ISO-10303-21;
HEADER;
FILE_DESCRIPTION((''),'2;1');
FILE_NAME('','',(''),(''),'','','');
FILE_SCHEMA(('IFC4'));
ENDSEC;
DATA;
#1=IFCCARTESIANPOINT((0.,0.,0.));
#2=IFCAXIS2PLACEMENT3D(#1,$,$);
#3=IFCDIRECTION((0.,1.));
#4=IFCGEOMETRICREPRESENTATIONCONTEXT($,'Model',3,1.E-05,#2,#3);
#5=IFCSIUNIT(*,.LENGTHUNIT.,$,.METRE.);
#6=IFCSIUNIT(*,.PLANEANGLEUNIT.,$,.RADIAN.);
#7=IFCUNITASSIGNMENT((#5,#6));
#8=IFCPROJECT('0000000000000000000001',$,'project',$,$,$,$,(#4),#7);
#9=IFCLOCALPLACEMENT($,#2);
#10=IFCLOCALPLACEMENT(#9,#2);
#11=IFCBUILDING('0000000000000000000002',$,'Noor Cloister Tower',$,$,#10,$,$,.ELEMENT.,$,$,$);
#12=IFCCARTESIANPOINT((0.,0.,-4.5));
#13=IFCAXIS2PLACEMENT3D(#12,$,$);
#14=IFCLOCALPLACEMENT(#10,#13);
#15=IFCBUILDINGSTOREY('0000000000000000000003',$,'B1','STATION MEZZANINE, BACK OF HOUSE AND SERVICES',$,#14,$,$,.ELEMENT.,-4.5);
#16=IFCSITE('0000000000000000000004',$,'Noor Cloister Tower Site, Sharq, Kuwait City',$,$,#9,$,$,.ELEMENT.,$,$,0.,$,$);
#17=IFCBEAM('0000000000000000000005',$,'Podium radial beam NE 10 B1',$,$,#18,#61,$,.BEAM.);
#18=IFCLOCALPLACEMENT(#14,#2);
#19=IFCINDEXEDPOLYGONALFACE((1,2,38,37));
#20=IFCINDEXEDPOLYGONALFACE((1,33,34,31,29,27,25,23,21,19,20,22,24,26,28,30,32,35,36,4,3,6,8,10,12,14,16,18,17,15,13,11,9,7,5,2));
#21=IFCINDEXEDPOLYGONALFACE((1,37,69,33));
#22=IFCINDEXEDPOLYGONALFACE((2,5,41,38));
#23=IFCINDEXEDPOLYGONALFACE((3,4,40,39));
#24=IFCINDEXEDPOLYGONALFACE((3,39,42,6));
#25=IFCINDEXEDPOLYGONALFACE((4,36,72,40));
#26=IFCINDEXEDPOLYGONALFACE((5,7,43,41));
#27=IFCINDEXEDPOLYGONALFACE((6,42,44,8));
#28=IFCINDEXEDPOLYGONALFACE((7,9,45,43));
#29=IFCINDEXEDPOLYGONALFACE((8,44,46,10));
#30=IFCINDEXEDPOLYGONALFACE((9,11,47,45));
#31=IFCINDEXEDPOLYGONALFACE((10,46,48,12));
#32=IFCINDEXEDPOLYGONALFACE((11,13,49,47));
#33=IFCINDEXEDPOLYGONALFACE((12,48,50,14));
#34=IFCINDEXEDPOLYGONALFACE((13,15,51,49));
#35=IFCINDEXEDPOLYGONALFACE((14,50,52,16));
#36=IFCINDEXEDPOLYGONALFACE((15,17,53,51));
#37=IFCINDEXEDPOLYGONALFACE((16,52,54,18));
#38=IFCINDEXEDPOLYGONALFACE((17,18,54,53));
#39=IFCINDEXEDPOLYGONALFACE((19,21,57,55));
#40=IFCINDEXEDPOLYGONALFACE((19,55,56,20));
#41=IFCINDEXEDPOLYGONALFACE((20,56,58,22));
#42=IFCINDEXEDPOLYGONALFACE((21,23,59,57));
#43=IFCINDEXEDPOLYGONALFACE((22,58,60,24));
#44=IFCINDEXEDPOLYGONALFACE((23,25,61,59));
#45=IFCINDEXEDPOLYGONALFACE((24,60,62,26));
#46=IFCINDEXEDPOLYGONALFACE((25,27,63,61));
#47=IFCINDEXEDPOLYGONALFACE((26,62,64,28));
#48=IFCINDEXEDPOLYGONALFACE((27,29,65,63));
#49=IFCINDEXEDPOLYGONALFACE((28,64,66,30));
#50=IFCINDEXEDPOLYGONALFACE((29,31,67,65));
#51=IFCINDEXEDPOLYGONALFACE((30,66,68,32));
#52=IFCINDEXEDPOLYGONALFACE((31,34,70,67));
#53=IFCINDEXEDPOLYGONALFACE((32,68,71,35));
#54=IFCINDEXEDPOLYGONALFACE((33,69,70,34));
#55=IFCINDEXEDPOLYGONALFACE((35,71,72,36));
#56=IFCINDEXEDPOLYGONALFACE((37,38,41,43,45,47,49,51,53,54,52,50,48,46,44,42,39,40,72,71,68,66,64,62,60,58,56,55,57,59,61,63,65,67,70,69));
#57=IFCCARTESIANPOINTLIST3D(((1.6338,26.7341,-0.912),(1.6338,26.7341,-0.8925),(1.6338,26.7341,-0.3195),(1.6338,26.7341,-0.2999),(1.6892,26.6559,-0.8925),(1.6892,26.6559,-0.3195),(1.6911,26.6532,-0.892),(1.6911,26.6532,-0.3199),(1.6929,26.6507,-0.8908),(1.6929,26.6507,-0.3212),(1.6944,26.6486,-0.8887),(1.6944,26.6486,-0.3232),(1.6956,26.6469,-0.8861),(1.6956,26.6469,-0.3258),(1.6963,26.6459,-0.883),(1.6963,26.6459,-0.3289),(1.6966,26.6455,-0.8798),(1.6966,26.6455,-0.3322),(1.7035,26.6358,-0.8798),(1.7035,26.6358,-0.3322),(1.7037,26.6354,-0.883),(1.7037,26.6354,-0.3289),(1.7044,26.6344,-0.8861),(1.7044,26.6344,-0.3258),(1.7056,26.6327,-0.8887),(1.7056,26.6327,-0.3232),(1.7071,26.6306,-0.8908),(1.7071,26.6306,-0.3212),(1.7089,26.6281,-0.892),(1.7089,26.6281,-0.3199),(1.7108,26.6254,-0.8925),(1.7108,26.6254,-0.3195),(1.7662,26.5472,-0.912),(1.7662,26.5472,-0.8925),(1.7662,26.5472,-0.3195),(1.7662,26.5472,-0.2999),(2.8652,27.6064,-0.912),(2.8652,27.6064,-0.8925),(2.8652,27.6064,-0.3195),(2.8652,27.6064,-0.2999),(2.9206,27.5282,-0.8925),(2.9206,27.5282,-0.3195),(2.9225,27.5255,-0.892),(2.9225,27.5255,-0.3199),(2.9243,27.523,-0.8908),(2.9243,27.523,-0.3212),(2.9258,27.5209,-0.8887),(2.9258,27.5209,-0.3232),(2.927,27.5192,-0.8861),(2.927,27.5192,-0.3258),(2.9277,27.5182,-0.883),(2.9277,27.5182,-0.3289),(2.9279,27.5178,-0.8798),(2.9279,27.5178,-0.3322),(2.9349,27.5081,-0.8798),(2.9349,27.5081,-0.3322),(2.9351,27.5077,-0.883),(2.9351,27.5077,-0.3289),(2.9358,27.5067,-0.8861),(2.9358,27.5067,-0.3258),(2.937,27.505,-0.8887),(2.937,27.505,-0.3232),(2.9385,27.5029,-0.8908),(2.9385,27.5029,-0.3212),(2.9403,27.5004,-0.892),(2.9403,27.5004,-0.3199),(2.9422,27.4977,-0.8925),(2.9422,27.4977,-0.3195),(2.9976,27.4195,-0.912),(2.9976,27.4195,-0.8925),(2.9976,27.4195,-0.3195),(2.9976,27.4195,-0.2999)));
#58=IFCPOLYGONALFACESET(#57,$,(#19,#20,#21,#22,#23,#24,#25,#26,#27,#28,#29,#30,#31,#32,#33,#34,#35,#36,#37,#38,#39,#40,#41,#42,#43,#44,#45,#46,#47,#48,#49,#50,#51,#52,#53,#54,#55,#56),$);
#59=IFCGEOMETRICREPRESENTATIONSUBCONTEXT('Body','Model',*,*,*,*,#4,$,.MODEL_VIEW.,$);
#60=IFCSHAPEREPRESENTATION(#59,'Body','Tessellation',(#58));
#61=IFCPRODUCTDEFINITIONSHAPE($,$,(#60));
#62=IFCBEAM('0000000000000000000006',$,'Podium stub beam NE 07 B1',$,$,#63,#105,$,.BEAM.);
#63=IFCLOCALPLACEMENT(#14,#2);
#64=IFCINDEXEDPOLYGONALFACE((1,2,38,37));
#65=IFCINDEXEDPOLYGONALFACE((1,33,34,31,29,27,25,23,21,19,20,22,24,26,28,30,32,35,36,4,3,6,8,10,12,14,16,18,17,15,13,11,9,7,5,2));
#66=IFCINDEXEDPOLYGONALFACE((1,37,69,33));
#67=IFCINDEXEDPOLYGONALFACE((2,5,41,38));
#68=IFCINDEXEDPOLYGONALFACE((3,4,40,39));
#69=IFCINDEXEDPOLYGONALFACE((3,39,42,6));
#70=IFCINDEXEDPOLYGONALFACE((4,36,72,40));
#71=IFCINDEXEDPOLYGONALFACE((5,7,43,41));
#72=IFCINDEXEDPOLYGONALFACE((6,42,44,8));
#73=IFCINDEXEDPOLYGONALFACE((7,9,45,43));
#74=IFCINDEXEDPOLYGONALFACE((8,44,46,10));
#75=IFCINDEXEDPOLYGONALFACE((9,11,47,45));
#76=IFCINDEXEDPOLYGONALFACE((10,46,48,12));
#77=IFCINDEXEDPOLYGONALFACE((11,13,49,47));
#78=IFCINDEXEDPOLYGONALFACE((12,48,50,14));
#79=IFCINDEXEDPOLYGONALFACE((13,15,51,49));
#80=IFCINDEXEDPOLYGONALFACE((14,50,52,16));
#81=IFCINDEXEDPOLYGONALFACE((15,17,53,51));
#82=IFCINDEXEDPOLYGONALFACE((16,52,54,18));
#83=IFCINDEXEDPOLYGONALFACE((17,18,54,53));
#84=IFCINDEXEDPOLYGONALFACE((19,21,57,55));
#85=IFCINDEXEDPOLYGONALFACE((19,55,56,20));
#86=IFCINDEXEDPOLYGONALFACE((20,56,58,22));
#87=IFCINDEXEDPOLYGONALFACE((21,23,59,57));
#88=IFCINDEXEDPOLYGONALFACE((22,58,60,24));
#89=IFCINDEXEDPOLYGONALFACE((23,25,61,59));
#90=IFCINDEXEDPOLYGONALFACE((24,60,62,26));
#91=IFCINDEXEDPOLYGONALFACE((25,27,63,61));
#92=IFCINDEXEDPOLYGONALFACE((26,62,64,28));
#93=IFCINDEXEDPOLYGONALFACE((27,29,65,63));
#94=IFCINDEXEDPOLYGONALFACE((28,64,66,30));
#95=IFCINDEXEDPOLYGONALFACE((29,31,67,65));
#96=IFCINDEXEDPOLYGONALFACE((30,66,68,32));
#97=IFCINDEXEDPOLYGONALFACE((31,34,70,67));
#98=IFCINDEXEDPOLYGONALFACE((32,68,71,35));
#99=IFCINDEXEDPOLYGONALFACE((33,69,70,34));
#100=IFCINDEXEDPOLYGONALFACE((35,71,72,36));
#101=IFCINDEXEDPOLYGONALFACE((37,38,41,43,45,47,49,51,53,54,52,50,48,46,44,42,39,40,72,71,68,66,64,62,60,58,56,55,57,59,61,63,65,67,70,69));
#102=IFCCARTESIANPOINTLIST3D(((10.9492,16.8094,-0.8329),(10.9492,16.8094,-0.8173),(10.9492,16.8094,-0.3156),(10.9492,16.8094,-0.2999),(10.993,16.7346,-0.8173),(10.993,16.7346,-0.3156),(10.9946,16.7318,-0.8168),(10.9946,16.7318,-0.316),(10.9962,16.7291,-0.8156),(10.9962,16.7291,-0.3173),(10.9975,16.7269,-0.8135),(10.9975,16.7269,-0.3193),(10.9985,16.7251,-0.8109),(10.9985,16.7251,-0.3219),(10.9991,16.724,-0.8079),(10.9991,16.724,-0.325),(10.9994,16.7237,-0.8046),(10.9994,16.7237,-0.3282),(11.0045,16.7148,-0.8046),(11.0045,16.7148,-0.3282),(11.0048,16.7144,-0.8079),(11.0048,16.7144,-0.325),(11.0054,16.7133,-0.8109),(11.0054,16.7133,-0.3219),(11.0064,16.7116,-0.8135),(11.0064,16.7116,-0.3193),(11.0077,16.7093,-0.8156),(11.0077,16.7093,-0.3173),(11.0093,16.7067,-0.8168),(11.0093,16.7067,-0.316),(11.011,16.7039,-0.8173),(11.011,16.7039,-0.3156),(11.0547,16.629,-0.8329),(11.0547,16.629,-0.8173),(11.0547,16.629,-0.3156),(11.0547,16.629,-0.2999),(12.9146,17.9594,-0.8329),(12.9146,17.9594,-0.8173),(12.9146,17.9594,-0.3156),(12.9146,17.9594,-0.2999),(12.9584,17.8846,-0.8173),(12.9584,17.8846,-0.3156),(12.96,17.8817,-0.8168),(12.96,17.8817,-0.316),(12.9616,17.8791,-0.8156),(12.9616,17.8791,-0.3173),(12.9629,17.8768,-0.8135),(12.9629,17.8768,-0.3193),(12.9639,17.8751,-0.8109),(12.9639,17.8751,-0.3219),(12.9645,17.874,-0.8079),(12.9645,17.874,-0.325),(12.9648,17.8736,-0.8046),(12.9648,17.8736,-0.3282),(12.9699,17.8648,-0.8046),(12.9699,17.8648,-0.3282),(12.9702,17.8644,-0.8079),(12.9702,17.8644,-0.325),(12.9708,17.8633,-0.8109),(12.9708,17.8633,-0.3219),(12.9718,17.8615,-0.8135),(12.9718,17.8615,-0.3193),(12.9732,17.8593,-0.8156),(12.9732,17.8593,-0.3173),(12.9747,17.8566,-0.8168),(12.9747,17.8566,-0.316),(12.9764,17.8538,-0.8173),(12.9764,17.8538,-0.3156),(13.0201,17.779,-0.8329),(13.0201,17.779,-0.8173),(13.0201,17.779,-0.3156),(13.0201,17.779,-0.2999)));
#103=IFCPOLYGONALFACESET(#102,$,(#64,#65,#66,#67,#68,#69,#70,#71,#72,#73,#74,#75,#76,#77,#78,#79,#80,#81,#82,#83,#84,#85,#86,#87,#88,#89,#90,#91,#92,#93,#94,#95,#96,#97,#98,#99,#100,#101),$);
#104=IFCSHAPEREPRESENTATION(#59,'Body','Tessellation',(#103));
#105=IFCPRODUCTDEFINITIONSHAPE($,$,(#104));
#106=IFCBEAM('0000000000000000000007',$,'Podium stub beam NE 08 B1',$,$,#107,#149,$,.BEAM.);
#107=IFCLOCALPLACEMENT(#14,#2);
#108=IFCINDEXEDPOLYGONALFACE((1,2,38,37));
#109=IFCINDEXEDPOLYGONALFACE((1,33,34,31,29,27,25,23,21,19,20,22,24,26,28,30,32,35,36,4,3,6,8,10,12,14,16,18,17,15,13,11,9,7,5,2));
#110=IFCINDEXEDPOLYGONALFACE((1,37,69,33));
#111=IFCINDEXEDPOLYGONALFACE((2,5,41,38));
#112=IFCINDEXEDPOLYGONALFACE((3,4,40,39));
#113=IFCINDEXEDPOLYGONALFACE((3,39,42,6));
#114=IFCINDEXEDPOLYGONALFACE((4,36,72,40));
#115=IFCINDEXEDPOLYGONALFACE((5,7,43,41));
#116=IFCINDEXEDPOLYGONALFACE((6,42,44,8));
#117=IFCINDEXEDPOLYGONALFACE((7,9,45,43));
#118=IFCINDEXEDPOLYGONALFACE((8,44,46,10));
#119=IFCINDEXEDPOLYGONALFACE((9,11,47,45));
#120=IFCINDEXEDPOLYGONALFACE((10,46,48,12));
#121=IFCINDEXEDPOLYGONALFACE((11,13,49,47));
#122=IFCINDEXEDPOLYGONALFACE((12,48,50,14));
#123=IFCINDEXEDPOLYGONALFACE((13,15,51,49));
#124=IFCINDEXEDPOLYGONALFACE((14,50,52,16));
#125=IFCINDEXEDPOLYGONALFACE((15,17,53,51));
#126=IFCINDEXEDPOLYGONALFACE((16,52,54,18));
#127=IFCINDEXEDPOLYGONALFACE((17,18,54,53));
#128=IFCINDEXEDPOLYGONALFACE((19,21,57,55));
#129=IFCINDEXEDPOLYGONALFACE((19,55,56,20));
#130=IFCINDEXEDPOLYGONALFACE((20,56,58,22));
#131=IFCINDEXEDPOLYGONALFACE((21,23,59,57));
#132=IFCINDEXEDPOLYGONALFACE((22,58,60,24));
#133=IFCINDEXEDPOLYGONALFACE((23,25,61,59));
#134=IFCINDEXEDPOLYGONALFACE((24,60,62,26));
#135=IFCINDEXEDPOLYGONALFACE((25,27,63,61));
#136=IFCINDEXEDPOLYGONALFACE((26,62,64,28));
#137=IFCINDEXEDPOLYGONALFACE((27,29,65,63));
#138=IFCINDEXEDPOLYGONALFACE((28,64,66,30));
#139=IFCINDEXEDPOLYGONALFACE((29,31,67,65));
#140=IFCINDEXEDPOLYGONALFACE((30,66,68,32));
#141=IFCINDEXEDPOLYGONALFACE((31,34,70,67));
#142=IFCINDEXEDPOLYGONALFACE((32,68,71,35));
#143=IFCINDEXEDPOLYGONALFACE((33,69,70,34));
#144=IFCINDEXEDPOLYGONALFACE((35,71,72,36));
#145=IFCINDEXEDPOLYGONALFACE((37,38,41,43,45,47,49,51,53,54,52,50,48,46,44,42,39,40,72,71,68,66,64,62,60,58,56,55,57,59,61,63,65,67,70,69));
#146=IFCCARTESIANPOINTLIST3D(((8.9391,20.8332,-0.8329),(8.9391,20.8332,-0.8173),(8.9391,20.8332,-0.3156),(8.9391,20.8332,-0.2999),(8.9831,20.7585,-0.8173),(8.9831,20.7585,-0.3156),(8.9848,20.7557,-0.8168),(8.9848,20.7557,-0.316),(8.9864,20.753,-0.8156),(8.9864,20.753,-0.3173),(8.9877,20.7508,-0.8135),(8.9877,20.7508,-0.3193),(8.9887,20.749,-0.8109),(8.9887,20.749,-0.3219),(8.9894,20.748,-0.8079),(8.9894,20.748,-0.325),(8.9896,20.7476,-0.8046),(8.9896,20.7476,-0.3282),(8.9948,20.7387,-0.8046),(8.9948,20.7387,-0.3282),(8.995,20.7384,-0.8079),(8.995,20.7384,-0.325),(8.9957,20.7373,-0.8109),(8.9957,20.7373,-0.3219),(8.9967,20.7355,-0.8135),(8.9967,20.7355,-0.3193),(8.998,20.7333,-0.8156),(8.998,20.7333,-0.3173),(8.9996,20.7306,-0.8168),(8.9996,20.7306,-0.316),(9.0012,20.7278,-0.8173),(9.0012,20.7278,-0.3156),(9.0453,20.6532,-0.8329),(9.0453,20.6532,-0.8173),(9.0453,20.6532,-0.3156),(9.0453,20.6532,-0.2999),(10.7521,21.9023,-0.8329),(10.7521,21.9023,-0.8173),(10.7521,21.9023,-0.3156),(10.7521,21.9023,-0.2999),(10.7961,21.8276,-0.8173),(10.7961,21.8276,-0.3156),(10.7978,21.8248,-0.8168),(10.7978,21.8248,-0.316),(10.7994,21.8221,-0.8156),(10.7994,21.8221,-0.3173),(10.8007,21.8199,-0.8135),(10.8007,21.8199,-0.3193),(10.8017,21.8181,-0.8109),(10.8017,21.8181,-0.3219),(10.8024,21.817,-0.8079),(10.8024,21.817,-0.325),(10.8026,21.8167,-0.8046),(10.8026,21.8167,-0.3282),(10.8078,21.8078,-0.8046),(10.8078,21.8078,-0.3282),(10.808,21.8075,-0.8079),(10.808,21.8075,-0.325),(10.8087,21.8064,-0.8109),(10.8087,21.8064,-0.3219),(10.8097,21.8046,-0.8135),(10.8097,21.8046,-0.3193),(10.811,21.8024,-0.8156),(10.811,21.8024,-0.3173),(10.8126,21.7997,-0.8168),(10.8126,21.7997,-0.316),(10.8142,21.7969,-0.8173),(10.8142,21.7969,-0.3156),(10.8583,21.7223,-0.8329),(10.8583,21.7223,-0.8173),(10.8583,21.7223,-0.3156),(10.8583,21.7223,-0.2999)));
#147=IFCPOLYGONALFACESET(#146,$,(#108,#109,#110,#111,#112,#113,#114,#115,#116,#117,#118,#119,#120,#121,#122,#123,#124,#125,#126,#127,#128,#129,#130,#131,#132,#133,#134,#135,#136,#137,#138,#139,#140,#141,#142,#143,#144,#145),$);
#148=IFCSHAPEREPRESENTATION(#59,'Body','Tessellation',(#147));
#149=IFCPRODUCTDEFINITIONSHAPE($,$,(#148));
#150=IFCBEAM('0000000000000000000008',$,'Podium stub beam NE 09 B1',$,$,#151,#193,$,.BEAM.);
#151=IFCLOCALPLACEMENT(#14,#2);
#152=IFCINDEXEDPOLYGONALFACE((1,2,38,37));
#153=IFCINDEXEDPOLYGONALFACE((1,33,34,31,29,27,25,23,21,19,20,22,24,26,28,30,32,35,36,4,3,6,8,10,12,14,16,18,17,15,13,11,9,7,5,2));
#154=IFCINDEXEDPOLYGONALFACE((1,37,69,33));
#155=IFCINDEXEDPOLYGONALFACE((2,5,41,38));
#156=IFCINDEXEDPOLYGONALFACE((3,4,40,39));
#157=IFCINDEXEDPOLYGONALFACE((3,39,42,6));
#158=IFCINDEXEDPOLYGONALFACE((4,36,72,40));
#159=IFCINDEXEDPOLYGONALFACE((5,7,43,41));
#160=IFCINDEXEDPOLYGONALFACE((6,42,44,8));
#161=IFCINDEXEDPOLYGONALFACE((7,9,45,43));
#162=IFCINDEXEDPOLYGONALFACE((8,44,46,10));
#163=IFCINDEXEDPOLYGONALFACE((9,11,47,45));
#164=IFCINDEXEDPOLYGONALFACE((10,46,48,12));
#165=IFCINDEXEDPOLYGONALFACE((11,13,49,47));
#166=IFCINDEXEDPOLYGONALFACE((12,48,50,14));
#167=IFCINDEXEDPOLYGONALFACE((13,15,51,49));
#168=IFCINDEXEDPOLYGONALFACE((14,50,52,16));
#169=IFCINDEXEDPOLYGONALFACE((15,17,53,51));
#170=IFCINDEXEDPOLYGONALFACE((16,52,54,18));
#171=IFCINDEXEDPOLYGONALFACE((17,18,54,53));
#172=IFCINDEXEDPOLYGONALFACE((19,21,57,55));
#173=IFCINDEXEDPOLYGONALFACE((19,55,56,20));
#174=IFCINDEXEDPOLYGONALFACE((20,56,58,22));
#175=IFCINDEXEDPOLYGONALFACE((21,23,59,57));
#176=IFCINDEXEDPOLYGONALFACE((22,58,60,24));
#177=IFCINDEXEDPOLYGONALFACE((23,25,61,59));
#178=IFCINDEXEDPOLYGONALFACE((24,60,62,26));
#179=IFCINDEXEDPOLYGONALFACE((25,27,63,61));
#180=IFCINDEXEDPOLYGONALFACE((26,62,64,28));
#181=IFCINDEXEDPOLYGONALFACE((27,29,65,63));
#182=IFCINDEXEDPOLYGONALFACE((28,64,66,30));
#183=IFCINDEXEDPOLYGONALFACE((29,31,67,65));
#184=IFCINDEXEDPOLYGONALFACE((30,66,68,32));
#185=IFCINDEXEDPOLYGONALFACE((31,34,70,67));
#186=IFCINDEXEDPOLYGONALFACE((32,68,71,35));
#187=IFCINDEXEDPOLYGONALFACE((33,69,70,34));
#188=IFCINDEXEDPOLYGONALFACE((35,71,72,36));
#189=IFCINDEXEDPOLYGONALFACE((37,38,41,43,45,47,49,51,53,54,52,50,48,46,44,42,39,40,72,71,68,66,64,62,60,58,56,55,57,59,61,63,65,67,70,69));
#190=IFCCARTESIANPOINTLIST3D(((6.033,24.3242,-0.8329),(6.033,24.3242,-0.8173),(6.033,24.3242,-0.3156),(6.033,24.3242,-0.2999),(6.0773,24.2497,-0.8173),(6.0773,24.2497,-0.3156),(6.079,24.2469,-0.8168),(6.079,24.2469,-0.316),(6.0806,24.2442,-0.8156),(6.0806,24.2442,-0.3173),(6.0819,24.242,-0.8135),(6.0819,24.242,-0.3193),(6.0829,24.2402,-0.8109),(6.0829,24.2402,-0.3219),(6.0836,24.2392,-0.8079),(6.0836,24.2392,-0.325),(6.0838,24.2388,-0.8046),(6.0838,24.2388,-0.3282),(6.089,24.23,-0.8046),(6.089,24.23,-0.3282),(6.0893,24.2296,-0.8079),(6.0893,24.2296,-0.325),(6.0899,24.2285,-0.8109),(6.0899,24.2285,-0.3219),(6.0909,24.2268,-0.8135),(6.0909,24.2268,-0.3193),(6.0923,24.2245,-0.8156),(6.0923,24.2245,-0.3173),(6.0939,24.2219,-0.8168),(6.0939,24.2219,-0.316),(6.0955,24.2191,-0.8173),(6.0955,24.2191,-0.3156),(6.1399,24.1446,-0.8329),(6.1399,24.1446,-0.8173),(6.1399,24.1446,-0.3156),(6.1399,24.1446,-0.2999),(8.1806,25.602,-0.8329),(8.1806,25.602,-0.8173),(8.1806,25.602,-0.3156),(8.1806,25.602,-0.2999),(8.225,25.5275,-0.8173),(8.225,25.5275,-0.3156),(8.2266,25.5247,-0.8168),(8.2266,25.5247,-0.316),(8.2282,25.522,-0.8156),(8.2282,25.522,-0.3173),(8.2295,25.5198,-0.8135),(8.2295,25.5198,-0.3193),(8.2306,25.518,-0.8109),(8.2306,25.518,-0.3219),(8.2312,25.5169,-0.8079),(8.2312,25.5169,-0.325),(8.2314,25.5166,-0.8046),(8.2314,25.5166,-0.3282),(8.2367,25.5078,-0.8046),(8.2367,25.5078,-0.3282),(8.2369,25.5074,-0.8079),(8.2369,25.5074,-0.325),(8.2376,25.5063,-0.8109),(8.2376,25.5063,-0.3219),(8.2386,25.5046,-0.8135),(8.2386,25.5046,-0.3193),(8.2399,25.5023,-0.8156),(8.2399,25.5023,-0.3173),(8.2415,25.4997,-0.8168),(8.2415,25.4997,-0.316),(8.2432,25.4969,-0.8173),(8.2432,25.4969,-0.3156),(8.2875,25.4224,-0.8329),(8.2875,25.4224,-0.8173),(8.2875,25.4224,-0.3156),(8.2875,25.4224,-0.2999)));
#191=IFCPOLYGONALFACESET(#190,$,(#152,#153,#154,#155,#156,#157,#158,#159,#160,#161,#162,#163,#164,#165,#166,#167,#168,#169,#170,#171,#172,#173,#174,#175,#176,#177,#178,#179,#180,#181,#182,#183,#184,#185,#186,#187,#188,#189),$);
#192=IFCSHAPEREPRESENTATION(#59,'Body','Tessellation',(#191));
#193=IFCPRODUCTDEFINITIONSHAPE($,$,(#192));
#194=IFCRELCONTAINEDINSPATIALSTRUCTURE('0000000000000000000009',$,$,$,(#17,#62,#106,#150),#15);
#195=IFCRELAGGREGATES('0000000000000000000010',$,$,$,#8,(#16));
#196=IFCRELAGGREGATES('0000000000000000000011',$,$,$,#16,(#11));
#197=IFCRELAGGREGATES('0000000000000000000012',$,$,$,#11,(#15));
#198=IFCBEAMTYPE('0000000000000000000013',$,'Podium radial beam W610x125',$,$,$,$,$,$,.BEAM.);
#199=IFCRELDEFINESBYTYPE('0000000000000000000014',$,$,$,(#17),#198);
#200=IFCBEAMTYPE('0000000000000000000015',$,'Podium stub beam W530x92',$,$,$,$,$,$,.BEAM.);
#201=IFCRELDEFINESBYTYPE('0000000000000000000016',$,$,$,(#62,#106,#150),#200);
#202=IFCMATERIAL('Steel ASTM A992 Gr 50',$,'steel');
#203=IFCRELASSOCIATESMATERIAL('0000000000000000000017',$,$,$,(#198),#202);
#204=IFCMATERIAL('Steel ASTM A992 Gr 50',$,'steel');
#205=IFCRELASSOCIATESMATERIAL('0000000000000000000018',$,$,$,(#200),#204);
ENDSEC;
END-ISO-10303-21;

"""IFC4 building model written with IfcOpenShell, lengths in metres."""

from ifc_helpers import new_model, si_unit, direction, frame, origin, origin_2d, place, context, subcontext, project, spatial, i_section, extrude, material, material_profile, profile_set, type_object, element, save


model = new_model("IFC4")

# Units and contexts
model_context = context("Model", 3, precision=1e-05, world=origin(), true_north=direction((0.0, 1.0)))
body_context = subcontext(model_context, "Body", "Model", "MODEL_VIEW")
ifc_project = project(units=[si_unit("LENGTHUNIT", "METRE"), si_unit("PLANEANGLEUNIT", "RADIAN")], contexts=[model_context])

# Site, building, storey
site_placement = place(None, origin())
site = spatial("IfcSite", under=ifc_project, at=site_placement, Name="Noor Cloister Tower Site, Sharq, Kuwait City", CompositionType="ELEMENT", RefElevation=0.0)
building_placement = place(site_placement, origin())
building = spatial("IfcBuilding", under=site, at=building_placement, Name="Noor Cloister Tower", CompositionType="ELEMENT")
storey_placement = place(building_placement, frame((0.0, 0.0, -4.5)))
storey = spatial("IfcBuildingStorey", under=building, at=storey_placement, Name="B1", Description="STATION MEZZANINE, BACK OF HOUSE AND SERVICES", CompositionType="ELEMENT", Elevation=-4.5)

# Beams
ifc_material_1 = material(Name="Steel ASTM A992 Gr 50", Category="steel")
ifc_material_profile_1 = material_profile(ifc_material_1, i_section(OverallWidth=0.229, OverallDepth=0.6121, WebThickness=0.012, FlangeThickness=0.0195, FilletRadius=0.0127, at=origin_2d()), Name="W610x125")
ifc_profile_set_1 = profile_set([ifc_material_profile_1], Name="Steel ASTM A992 Gr 50")
beam_type_1 = type_object("IfcBeamType", Name="Podium radial beam W610x125", PredefinedType="BEAM", material=ifc_profile_set_1)
beam_1_placement = place(storey_placement, frame((2.9314, 27.5129, -0.606), z_axis=(-0.816012, -0.578035, 0.0), x_axis=(0.578035, -0.816012, 0.0)))
element("IfcBeam", 1, at=beam_1_placement, inside=storey, type_object=beam_type_1, Name="Podium radial beam NE 10 B1", PredefinedType="BEAM", context=body_context, shape_type="SweptSolid", body=[
    extrude(i_section(OverallWidth=0.229, OverallDepth=0.6121, WebThickness=0.012, FlangeThickness=0.0195, FilletRadius=0.0127, at=origin_2d()), origin(), (0.0, 0.0, 1.0), 1.509),
])
ifc_material_2 = material(Name="Steel ASTM A992 Gr 50", Category="steel")
ifc_material_profile_2 = material_profile(ifc_material_2, i_section(OverallWidth=0.209, OverallDepth=0.533, WebThickness=0.0103, FlangeThickness=0.0156, FilletRadius=0.0127, at=origin_2d()), Name="W530x92")
ifc_profile_set_2 = profile_set([ifc_material_profile_2], Name="Steel ASTM A992 Gr 50")
beam_type_2 = type_object("IfcBeamType", Name="Podium stub beam W530x92", PredefinedType="BEAM", material=ifc_profile_set_2)
beam_2_placement = place(storey_placement, frame((11.002, 16.7192, -0.5664), z_axis=(0.863117, 0.505004, 0.0), x_axis=(-0.505004, 0.863117, 0.0)))
element("IfcBeam", 2, at=beam_2_placement, inside=storey, type_object=beam_type_2, Name="Podium stub beam NE 07 B1", PredefinedType="BEAM", context=body_context, shape_type="SweptSolid", body=[
    extrude(i_section(OverallWidth=0.209, OverallDepth=0.533, WebThickness=0.0103, FlangeThickness=0.0156, FilletRadius=0.0127, at=origin_2d()), origin(), (0.0, 0.0, 1.0), 2.2771),
])
beam_3_placement = place(storey_placement, frame((8.9922, 20.7432, -0.5664), z_axis=(0.861388, 0.507948, 0.0), x_axis=(-0.507948, 0.861388, 0.0)))
element("IfcBeam", 3, at=beam_3_placement, inside=storey, type_object=beam_type_2, Name="Podium stub beam NE 08 B1", PredefinedType="BEAM", context=body_context, shape_type="SweptSolid", body=[
    extrude(i_section(OverallWidth=0.209, OverallDepth=0.533, WebThickness=0.0103, FlangeThickness=0.0156, FilletRadius=0.0127, at=origin_2d()), origin(), (0.0, 0.0, 1.0), 2.1047),
])
beam_4_placement = place(storey_placement, frame((6.0864, 24.2344, -0.5664), z_axis=(0.859392, 0.511317, 0.0), x_axis=(-0.511317, 0.859392, 0.0)))
element("IfcBeam", 4, at=beam_4_placement, inside=storey, type_object=beam_type_2, Name="Podium stub beam NE 09 B1", PredefinedType="BEAM", context=body_context, shape_type="SweptSolid", body=[
    extrude(i_section(OverallWidth=0.209, OverallDepth=0.533, WebThickness=0.0103, FlangeThickness=0.0156, FilletRadius=0.0127, at=origin_2d()), origin(), (0.0, 0.0, 1.0), 2.499),
])

save(model, "model.ifc")
